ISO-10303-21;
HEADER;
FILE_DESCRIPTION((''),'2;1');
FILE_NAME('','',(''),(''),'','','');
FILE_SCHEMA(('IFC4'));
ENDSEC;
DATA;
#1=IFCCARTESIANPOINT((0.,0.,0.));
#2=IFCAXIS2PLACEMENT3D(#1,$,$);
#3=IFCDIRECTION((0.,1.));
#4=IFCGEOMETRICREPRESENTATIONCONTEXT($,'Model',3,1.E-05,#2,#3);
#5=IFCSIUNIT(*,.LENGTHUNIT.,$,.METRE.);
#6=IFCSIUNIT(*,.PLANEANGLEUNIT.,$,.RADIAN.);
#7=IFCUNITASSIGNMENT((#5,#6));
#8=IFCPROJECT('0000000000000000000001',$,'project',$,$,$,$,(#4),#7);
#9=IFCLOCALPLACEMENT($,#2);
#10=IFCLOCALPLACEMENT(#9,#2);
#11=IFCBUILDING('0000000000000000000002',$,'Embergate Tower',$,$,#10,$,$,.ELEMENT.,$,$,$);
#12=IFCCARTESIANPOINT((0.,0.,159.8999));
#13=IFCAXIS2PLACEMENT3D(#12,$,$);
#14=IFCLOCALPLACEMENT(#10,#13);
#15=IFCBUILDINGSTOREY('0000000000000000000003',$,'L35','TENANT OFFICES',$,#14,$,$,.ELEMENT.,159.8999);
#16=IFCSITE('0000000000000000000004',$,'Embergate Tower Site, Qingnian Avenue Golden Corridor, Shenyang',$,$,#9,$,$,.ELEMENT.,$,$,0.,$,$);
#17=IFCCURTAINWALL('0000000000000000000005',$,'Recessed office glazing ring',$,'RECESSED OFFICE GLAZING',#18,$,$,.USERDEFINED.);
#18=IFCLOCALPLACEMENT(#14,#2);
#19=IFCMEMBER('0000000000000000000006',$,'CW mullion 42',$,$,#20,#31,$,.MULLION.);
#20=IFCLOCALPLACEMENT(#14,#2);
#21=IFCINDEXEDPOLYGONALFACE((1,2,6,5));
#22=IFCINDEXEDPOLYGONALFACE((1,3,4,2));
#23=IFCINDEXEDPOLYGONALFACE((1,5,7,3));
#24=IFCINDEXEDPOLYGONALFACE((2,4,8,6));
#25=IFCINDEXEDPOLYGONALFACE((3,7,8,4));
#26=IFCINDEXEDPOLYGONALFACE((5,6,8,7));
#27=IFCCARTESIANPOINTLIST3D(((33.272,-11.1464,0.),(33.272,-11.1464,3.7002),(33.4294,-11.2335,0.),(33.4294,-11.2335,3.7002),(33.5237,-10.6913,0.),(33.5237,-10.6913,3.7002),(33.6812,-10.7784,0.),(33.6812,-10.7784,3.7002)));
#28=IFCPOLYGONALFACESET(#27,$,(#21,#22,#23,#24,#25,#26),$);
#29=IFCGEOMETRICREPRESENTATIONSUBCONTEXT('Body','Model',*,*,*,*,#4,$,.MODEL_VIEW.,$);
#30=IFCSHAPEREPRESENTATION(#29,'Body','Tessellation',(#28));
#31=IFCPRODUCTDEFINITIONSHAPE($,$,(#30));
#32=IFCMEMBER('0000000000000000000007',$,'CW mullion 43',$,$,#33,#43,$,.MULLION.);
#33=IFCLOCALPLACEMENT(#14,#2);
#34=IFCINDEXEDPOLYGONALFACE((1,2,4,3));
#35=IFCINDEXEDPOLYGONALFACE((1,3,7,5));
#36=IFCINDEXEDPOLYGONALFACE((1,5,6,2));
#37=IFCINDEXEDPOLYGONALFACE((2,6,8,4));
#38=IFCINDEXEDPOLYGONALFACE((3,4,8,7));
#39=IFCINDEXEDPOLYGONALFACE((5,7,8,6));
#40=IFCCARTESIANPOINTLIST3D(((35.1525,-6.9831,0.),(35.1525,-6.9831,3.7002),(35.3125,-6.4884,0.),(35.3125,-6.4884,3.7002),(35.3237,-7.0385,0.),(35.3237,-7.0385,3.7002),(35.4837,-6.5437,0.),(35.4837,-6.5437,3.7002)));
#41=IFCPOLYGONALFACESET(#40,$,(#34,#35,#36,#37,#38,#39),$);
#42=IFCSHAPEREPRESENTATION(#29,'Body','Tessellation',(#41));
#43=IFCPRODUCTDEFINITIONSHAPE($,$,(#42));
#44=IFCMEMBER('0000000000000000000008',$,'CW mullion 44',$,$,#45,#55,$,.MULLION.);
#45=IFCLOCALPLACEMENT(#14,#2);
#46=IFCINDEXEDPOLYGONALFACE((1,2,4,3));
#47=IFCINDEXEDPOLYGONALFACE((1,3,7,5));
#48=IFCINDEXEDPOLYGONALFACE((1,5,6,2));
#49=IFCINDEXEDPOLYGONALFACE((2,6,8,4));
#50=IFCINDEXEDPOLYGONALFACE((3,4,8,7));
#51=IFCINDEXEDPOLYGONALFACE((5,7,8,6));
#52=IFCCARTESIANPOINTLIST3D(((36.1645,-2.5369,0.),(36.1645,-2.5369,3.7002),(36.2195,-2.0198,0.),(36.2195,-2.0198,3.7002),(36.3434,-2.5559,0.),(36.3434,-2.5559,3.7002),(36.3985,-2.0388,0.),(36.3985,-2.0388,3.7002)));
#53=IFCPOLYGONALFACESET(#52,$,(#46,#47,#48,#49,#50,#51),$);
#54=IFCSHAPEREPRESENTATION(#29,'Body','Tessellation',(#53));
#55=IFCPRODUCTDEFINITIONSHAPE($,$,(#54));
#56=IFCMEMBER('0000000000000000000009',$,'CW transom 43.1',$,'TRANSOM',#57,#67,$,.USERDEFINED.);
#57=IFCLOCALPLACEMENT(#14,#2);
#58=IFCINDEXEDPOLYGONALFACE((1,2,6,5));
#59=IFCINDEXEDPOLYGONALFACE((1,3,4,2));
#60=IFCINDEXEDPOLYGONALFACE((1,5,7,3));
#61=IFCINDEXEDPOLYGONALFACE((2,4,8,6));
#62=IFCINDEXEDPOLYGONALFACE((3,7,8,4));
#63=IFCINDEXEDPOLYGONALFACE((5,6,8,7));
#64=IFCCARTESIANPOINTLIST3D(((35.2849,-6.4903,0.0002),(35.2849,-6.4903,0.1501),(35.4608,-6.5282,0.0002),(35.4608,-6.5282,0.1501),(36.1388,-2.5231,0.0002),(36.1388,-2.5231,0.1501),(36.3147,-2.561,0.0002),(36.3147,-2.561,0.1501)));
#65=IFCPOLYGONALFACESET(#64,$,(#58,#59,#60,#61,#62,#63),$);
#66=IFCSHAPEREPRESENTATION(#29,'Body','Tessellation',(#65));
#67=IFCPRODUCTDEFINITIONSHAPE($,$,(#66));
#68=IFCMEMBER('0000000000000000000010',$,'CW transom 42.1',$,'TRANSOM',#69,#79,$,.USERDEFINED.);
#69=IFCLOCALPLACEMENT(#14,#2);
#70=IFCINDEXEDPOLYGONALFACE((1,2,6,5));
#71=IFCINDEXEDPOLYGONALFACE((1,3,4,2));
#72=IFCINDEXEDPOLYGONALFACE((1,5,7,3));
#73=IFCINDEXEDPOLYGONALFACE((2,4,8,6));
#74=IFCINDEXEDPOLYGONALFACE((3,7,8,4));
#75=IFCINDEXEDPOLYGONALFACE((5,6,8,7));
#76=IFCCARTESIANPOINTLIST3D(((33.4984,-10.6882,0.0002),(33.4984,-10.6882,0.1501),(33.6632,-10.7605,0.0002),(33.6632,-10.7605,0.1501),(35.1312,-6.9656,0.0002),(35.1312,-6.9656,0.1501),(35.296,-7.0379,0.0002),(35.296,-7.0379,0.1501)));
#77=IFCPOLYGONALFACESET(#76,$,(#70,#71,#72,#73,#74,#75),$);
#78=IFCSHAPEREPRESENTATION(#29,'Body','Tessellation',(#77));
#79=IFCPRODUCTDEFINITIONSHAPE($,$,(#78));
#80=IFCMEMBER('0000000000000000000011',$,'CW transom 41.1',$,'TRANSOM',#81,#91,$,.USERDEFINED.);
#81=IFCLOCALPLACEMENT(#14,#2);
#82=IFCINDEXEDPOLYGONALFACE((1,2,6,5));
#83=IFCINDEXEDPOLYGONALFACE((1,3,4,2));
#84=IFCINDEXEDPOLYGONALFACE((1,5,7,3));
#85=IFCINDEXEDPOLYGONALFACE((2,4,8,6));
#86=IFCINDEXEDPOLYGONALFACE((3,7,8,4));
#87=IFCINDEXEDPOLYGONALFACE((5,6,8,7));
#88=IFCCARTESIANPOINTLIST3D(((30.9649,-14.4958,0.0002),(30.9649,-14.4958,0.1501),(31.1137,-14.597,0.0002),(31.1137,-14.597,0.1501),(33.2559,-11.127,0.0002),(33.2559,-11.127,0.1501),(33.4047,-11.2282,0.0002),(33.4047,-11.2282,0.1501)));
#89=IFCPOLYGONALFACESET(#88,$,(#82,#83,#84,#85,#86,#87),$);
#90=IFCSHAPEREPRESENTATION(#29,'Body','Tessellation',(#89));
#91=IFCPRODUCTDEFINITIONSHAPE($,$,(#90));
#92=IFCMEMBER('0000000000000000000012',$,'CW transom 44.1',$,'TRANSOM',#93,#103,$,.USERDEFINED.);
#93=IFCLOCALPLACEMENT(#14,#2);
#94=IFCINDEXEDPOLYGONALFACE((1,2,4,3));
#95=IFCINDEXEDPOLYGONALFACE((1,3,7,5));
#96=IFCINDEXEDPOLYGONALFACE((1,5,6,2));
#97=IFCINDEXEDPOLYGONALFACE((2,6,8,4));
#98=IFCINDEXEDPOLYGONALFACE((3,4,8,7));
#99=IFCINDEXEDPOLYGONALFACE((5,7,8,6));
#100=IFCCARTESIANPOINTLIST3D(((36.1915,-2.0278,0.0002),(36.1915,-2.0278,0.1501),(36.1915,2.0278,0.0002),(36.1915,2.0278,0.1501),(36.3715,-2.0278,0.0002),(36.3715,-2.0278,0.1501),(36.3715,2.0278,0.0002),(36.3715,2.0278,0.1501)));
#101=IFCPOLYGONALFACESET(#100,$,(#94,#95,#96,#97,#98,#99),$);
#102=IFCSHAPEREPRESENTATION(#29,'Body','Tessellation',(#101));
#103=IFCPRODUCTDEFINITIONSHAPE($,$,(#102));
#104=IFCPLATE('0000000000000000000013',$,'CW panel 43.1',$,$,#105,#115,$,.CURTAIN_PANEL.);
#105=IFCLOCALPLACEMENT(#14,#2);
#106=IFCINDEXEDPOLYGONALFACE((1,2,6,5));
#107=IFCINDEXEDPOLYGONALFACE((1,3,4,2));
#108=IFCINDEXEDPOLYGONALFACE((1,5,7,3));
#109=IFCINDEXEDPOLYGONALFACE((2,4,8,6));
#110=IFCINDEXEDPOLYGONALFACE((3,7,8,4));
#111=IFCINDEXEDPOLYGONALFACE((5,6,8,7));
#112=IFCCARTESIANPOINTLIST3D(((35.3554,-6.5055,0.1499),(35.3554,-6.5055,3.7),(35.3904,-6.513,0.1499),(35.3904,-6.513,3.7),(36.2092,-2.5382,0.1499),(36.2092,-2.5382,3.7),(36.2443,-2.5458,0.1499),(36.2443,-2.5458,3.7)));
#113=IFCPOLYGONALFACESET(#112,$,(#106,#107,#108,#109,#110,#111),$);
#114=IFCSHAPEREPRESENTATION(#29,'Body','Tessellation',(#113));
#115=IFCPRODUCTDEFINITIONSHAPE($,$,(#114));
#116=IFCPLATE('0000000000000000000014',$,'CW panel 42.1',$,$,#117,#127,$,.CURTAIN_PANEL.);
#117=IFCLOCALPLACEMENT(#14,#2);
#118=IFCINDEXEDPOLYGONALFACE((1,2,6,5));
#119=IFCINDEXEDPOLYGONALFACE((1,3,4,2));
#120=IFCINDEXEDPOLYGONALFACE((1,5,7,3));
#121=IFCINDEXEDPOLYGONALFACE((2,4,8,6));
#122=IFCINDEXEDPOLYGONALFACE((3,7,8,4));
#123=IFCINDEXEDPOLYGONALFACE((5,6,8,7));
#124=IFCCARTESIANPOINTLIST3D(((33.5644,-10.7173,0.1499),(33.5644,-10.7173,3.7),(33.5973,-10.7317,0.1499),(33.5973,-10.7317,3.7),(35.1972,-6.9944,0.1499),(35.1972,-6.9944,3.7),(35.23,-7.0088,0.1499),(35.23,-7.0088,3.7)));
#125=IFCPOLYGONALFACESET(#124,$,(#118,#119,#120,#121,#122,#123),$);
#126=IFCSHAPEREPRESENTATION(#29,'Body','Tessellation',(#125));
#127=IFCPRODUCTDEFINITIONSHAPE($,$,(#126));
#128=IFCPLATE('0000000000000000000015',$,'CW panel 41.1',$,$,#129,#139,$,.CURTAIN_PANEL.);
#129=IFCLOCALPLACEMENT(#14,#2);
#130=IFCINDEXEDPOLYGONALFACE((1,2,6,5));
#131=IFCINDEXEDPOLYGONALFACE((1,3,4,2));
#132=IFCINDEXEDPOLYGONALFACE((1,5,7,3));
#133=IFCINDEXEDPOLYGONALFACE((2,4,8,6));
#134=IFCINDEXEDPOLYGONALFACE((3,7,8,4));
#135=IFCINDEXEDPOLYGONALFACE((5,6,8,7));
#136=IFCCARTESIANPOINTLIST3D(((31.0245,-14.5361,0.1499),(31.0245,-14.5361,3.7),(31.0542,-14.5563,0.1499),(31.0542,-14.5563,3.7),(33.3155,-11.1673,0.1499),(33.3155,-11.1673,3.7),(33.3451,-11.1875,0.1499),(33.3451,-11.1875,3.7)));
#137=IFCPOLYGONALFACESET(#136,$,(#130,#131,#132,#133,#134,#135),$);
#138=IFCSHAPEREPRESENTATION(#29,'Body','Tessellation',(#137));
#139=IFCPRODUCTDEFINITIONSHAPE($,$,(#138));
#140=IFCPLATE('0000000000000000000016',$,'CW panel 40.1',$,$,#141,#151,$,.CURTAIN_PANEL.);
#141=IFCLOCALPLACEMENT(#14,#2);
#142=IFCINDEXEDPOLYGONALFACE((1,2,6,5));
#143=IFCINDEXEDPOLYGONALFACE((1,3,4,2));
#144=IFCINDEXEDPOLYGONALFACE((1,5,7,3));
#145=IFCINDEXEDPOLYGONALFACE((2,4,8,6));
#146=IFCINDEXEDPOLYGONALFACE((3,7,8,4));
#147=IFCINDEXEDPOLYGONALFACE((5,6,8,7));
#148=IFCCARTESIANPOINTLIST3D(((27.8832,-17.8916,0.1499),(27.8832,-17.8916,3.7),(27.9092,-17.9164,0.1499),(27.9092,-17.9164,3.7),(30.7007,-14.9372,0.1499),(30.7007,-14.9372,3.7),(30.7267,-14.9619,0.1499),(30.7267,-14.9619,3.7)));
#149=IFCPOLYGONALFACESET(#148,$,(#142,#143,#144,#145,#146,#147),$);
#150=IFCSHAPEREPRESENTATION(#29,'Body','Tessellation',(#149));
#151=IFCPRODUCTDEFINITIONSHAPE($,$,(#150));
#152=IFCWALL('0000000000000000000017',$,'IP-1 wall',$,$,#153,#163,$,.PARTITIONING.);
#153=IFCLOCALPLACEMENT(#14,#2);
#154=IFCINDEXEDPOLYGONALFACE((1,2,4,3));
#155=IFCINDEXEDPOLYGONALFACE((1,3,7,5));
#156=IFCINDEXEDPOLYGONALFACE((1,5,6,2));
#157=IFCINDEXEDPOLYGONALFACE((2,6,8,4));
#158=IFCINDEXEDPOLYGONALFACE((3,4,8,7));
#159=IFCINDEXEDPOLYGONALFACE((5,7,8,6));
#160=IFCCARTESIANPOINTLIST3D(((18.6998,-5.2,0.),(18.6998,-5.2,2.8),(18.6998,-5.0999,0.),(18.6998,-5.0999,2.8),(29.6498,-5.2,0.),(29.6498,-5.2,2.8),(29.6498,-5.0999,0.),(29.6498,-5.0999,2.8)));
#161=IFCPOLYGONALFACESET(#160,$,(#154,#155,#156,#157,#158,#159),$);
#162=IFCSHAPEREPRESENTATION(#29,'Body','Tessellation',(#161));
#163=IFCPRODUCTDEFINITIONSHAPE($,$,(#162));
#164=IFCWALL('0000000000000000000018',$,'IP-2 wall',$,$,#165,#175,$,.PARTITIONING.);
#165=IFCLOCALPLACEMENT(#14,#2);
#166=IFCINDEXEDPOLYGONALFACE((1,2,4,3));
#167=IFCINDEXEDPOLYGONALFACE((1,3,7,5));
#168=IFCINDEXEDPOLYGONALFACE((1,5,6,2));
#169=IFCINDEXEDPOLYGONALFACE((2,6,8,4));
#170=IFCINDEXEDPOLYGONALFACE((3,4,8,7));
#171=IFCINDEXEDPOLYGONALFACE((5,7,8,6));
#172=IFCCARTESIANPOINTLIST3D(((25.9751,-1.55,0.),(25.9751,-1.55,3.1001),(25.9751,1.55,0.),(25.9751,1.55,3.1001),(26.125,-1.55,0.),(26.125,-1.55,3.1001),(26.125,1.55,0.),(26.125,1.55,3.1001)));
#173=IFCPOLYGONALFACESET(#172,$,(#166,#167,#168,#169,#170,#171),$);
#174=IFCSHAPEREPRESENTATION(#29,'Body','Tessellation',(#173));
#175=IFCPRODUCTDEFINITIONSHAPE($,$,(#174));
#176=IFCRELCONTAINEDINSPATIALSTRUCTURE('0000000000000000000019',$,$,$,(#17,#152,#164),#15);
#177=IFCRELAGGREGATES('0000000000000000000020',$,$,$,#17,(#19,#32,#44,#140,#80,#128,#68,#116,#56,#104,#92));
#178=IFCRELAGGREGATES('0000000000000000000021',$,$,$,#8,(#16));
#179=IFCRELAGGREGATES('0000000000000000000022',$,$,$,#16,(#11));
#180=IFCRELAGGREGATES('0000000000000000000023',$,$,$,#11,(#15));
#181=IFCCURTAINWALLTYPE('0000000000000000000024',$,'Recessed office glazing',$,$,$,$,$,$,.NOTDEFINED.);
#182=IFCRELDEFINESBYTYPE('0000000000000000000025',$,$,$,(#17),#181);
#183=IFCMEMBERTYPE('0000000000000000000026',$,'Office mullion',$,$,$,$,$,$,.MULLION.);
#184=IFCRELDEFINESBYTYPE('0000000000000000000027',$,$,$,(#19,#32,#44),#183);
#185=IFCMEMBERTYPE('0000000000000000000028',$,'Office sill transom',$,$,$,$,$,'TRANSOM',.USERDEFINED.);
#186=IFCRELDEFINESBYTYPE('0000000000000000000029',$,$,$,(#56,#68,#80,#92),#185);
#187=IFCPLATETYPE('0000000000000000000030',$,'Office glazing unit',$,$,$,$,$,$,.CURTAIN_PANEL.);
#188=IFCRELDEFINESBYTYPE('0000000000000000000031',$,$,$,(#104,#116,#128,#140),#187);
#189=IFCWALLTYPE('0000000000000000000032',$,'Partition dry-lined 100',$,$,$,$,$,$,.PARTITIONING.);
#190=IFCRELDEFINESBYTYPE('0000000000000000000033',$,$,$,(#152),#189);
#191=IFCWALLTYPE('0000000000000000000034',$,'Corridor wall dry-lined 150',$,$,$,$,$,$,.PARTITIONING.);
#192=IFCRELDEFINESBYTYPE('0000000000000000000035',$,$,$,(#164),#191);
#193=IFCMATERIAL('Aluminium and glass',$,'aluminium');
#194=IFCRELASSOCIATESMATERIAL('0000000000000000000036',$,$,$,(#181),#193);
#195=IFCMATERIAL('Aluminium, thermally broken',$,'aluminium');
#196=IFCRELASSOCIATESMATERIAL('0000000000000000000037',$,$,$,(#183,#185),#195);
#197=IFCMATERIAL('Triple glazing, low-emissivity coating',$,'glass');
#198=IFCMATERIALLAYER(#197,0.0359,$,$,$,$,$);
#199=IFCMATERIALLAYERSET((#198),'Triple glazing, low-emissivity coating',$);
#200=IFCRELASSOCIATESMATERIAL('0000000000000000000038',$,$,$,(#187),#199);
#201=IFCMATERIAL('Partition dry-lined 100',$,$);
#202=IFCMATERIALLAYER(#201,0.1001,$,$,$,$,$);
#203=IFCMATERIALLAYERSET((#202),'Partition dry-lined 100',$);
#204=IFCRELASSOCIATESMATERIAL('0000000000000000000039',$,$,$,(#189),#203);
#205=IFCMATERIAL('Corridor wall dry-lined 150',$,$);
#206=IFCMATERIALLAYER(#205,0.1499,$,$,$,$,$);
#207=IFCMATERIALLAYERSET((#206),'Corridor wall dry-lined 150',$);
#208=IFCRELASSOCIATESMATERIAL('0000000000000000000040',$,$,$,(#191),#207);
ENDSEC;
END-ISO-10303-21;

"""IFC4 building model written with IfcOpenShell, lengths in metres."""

from ifc_helpers import new_model, si_unit, direction, frame, frame_2d, origin, origin_2d, place, context, subcontext, project, spatial, rectangle, extrude, source, transform, mapped, material, layer, layer_set, material_profile, profile_set, type_object, element, aggregate, save


model = new_model("IFC4")

# Units and contexts
model_context = context("Model", 3, precision=1e-05, world=origin(), true_north=direction((0.0, 1.0)))
body_context = subcontext(model_context, "Body", "Model", "MODEL_VIEW")
ifc_project = project(units=[si_unit("LENGTHUNIT", "METRE"), si_unit("PLANEANGLEUNIT", "RADIAN")], contexts=[model_context])

# Site, building, storey
site_placement = place(None, origin())
site = spatial("IfcSite", under=ifc_project, at=site_placement, Name="Embergate Tower Site, Qingnian Avenue Golden Corridor, Shenyang", CompositionType="ELEMENT", RefElevation=0.0)
building_placement = place(site_placement, origin())
building = spatial("IfcBuilding", under=site, at=building_placement, Name="Embergate Tower", CompositionType="ELEMENT")
storey_placement = place(building_placement, frame((0.0, 0.0, 159.8999)))
storey = spatial("IfcBuildingStorey", under=building, at=storey_placement, Name="L35", Description="TENANT OFFICES", CompositionType="ELEMENT", Elevation=159.8999)

# Curtain wall, members, plates
ifc_material_1 = material(Name="Aluminium and glass", Category="aluminium")
curtain_wall_type = type_object("IfcCurtainWallType", Name="Recessed office glazing", PredefinedType="NOTDEFINED", material=ifc_material_1)
curtain_wall_placement = place(storey_placement, origin())
curtain_wall = element("IfcCurtainWall", 1, at=curtain_wall_placement, inside=storey, type_object=curtain_wall_type, Name="Recessed office glazing ring", ObjectType="RECESSED OFFICE GLAZING", PredefinedType="USERDEFINED")
ifc_material_2 = material(Name="Aluminium, thermally broken", Category="aluminium")
ifc_material_profile_1 = material_profile(ifc_material_2, rectangle(XDim=0.1799, YDim=0.52, at=origin_2d()), Name="AL 520x180")
ifc_profile_set_1 = profile_set([ifc_material_profile_1], Name="Aluminium, thermally broken")
member_type_1 = type_object("IfcMemberType", Name="Office mullion", PredefinedType="MULLION", material=ifc_profile_set_1)
shared_shape_1 = source(origin(), body_context, "Body", "SweptSolid", [
    extrude(rectangle(XDim=0.1799, YDim=0.52, at=origin_2d()), origin(), (0.0, 0.0, 1.0), 3.7002),
])
member_1_placement = place(storey_placement, frame((33.4766, -10.9624, 0.0), z_axis=(0.0, 0.0, 1.0), x_axis=(-0.875002, 0.484119, 0.0)))
member_1 = element("IfcMember", 2, at=member_1_placement, type_object=member_type_1, Name="CW mullion 42", PredefinedType="MULLION", context=body_context, shape_type="MappedRepresentation", body=[
    mapped(shared_shape_1, transform((0.0, 0.0, 0.0))),
])
member_2_placement = place(storey_placement, frame((35.3181, -6.7634, 0.0), z_axis=(0.0, 0.0, 1.0), x_axis=(-0.951498, 0.307656, 0.0)))
member_2 = element("IfcMember", 3, at=member_2_placement, type_object=member_type_1, Name="CW mullion 43", PredefinedType="MULLION", context=body_context, shape_type="MappedRepresentation", body=[
    mapped(shared_shape_1, transform((0.0, 0.0, 0.0))),
])
member_3_placement = place(storey_placement, frame((36.2815, -2.2878, 0.0), z_axis=(0.0, 0.0, 1.0), x_axis=(-0.994385, 0.105823, 0.0)))
member_3 = element("IfcMember", 4, at=member_3_placement, type_object=member_type_1, Name="CW mullion 44", PredefinedType="MULLION", context=body_context, shape_type="MappedRepresentation", body=[
    mapped(shared_shape_1, transform((0.0, 0.0, 0.0))),
])
ifc_material_profile_2 = material_profile(ifc_material_2, rectangle(XDim=0.1799, YDim=0.1499, at=origin_2d()), Name="AL 150x180")
ifc_profile_set_2 = profile_set([ifc_material_profile_2], Name="Aluminium, thermally broken")
member_type_2 = type_object("IfcMemberType", Name="Office sill transom", ElementType="TRANSOM", PredefinedType="USERDEFINED", material=ifc_profile_set_2)
shared_shape_2 = source(origin(), body_context, "Body", "SweptSolid", [
    extrude(rectangle(XDim=0.1799, YDim=0.1499, at=origin_2d()), origin(), (0.0, 0.0, 1.0), 4.0581),
])
member_4_placement = place(storey_placement, frame((35.3728, -6.5093, 0.0752), z_axis=(0.210441, 0.977607, 0.0), x_axis=(-0.977607, 0.210441, 0.0)))
member_4 = element("IfcMember", 5, at=member_4_placement, type_object=member_type_2, Name="CW transom 43.1", ObjectType="TRANSOM", PredefinedType="USERDEFINED", context=body_context, shape_type="MappedRepresentation", body=[
    mapped(shared_shape_2, transform((0.0, 0.0, 0.0))),
])
shared_shape_3 = source(origin(), body_context, "Body", "SweptSolid", [
    extrude(rectangle(XDim=0.1799, YDim=0.1499, at=origin_2d()), origin(), (0.0, 0.0, 1.0), 4.0649),
])
member_5_placement = place(storey_placement, frame((33.5808, -10.7244, 0.0752), z_axis=(0.401676, 0.915782, 0.0), x_axis=(-0.915782, 0.401676, 0.0)))
member_5 = element("IfcMember", 6, at=member_5_placement, type_object=member_type_2, Name="CW transom 42.1", ObjectType="TRANSOM", PredefinedType="USERDEFINED", context=body_context, shape_type="MappedRepresentation", body=[
    mapped(shared_shape_3, transform((0.0, 0.0, 0.0))),
])
shared_shape_4 = source(origin(), body_context, "Body", "SweptSolid", [
    extrude(rectangle(XDim=0.1799, YDim=0.1499, at=origin_2d()), origin(), (0.0, 0.0, 1.0), 4.074),
])
member_6_placement = place(storey_placement, frame((31.0393, -14.5464, 0.0752), z_axis=(0.562338, 0.826908, 0.0), x_axis=(-0.826908, 0.562338, 0.0)))
member_6 = element("IfcMember", 7, at=member_6_placement, type_object=member_type_2, Name="CW transom 41.1", ObjectType="TRANSOM", PredefinedType="USERDEFINED", context=body_context, shape_type="MappedRepresentation", body=[
    mapped(shared_shape_4, transform((0.0, 0.0, 0.0))),
])
shared_shape_5 = source(origin(), body_context, "Body", "SweptSolid", [
    extrude(rectangle(XDim=0.1799, YDim=0.1499, at=origin_2d()), origin(), (0.0, 0.0, 1.0), 4.0557),
])
member_7_placement = place(storey_placement, frame((36.2815, -2.0278, 0.0752), z_axis=(0.0, 1.0, 0.0), x_axis=(-1.0, 0.0, 0.0)))
member_7 = element("IfcMember", 8, at=member_7_placement, type_object=member_type_2, Name="CW transom 44.1", ObjectType="TRANSOM", PredefinedType="USERDEFINED", context=body_context, shape_type="MappedRepresentation", body=[
    mapped(shared_shape_5, transform((0.0, 0.0, 0.0))),
])
ifc_material_3 = material(Name="Triple glazing, low-emissivity coating", Category="glass")
ifc_layer_1 = layer(ifc_material_3, 0.0359)
ifc_layer_set_1 = layer_set([ifc_layer_1], Name="Triple glazing, low-emissivity coating")
plate_type = type_object("IfcPlateType", Name="Office glazing unit", PredefinedType="CURTAIN_PANEL", material=ifc_layer_set_1)
shared_shape_6 = source(origin(), body_context, "Body", "SweptSolid", [
    extrude(rectangle(XDim=4.0581, YDim=0.0359, at=origin_2d()), origin(), (0.0, 0.0, 1.0), 3.55),
])
plate_1_placement = place(storey_placement, frame((35.7998, -4.5256, 0.1499), z_axis=(0.0, 0.0, 1.0), x_axis=(0.210398, 0.977616, 0.0)))
plate_1 = element("IfcPlate", 9, at=plate_1_placement, type_object=plate_type, Name="CW panel 43.1", PredefinedType="CURTAIN_PANEL", context=body_context, shape_type="MappedRepresentation", body=[
    mapped(shared_shape_6, transform((0.0, 0.0, 0.0))),
])
shared_shape_7 = source(origin(), body_context, "Body", "SweptSolid", [
    extrude(rectangle(XDim=4.0652, YDim=0.0359, at=origin_2d()), origin(), (0.0, 0.0, 1.0), 3.55),
])
plate_2_placement = place(storey_placement, frame((34.3972, -8.863, 0.1499), z_axis=(0.0, 0.0, 1.0), x_axis=(0.401652, 0.915792, 0.0)))
plate_2 = element("IfcPlate", 10, at=plate_2_placement, type_object=plate_type, Name="CW panel 42.1", PredefinedType="CURTAIN_PANEL", context=body_context, shape_type="MappedRepresentation", body=[
    mapped(shared_shape_7, transform((0.0, 0.0, 0.0))),
])
shared_shape_8 = source(origin(), body_context, "Body", "SweptSolid", [
    extrude(rectangle(XDim=4.074, YDim=0.0359, at=origin_2d()), origin(), (0.0, 0.0, 1.0), 3.55),
])
plate_3_placement = place(storey_placement, frame((32.1848, -12.8618, 0.1499), z_axis=(0.0, 0.0, 1.0), x_axis=(0.562342, 0.826905, 0.0)))
plate_3 = element("IfcPlate", 11, at=plate_3_placement, type_object=plate_type, Name="CW panel 41.1", PredefinedType="CURTAIN_PANEL", context=body_context, shape_type="MappedRepresentation", body=[
    mapped(shared_shape_8, transform((0.0, 0.0, 0.0))),
])
shared_shape_9 = source(origin(), body_context, "Body", "SweptSolid", [
    extrude(rectangle(XDim=4.0825, YDim=0.0359, at=origin_2d()), origin(), (0.0, 0.0, 1.0), 3.55),
])
plate_4_placement = place(storey_placement, frame((29.3049, -16.4268, 0.1499), z_axis=(0.0, 0.0, 1.0), x_axis=(0.690135, 0.723681, 0.0)))
plate_4 = element("IfcPlate", 12, at=plate_4_placement, type_object=plate_type, Name="CW panel 40.1", PredefinedType="CURTAIN_PANEL", context=body_context, shape_type="MappedRepresentation", body=[
    mapped(shared_shape_9, transform((0.0, 0.0, 0.0))),
])
aggregate(curtain_wall, [member_1, member_2, member_3, plate_4, member_6, plate_3, member_5, plate_2, member_4, plate_1, member_7])

# Walls
ifc_material_4 = material(Name="Partition dry-lined 100")
ifc_layer_2 = layer(ifc_material_4, 0.1001)
ifc_layer_set_2 = layer_set([ifc_layer_2], Name="Partition dry-lined 100")
wall_type_1 = type_object("IfcWallType", Name="Partition dry-lined 100", PredefinedType="PARTITIONING", material=ifc_layer_set_2)
shared_shape_10 = source(origin(), body_context, "Body", "SweptSolid", [
    extrude(rectangle(XDim=10.95, YDim=0.1001, at=frame_2d((5.4751, 0.0))), origin(), (0.0, 0.0, 1.0), 2.8),
])
wall_1_placement = place(storey_placement, frame((29.6499, -5.1499, 0.0), z_axis=(0.0, 0.0, 1.0), x_axis=(-1.0, 0.0, 0.0)))
element("IfcWall", 13, at=wall_1_placement, inside=storey, type_object=wall_type_1, Name="IP-1 wall", PredefinedType="PARTITIONING", context=body_context, shape_type="MappedRepresentation", body=[
    mapped(shared_shape_10, transform((0.0, 0.0, 0.0))),
])
ifc_material_5 = material(Name="Corridor wall dry-lined 150")
ifc_layer_3 = layer(ifc_material_5, 0.1499)
ifc_layer_set_3 = layer_set([ifc_layer_3], Name="Corridor wall dry-lined 150")
wall_type_2 = type_object("IfcWallType", Name="Corridor wall dry-lined 150", PredefinedType="PARTITIONING", material=ifc_layer_set_3)
shared_shape_11 = source(origin(), body_context, "Body", "SweptSolid", [
    extrude(rectangle(XDim=3.1001, YDim=0.1499, at=frame_2d((1.55, 0.0))), origin(), (0.0, 0.0, 1.0), 3.1001),
])
wall_2_placement = place(storey_placement, frame((26.05, -1.55, 0.0), z_axis=(0.0, 0.0, 1.0), x_axis=(0.0, 1.0, 0.0)))
element("IfcWall", 14, at=wall_2_placement, inside=storey, type_object=wall_type_2, Name="IP-2 wall", PredefinedType="PARTITIONING", context=body_context, shape_type="MappedRepresentation", body=[
    mapped(shared_shape_11, transform((0.0, 0.0, 0.0))),
])

save(model, "model.ifc")
